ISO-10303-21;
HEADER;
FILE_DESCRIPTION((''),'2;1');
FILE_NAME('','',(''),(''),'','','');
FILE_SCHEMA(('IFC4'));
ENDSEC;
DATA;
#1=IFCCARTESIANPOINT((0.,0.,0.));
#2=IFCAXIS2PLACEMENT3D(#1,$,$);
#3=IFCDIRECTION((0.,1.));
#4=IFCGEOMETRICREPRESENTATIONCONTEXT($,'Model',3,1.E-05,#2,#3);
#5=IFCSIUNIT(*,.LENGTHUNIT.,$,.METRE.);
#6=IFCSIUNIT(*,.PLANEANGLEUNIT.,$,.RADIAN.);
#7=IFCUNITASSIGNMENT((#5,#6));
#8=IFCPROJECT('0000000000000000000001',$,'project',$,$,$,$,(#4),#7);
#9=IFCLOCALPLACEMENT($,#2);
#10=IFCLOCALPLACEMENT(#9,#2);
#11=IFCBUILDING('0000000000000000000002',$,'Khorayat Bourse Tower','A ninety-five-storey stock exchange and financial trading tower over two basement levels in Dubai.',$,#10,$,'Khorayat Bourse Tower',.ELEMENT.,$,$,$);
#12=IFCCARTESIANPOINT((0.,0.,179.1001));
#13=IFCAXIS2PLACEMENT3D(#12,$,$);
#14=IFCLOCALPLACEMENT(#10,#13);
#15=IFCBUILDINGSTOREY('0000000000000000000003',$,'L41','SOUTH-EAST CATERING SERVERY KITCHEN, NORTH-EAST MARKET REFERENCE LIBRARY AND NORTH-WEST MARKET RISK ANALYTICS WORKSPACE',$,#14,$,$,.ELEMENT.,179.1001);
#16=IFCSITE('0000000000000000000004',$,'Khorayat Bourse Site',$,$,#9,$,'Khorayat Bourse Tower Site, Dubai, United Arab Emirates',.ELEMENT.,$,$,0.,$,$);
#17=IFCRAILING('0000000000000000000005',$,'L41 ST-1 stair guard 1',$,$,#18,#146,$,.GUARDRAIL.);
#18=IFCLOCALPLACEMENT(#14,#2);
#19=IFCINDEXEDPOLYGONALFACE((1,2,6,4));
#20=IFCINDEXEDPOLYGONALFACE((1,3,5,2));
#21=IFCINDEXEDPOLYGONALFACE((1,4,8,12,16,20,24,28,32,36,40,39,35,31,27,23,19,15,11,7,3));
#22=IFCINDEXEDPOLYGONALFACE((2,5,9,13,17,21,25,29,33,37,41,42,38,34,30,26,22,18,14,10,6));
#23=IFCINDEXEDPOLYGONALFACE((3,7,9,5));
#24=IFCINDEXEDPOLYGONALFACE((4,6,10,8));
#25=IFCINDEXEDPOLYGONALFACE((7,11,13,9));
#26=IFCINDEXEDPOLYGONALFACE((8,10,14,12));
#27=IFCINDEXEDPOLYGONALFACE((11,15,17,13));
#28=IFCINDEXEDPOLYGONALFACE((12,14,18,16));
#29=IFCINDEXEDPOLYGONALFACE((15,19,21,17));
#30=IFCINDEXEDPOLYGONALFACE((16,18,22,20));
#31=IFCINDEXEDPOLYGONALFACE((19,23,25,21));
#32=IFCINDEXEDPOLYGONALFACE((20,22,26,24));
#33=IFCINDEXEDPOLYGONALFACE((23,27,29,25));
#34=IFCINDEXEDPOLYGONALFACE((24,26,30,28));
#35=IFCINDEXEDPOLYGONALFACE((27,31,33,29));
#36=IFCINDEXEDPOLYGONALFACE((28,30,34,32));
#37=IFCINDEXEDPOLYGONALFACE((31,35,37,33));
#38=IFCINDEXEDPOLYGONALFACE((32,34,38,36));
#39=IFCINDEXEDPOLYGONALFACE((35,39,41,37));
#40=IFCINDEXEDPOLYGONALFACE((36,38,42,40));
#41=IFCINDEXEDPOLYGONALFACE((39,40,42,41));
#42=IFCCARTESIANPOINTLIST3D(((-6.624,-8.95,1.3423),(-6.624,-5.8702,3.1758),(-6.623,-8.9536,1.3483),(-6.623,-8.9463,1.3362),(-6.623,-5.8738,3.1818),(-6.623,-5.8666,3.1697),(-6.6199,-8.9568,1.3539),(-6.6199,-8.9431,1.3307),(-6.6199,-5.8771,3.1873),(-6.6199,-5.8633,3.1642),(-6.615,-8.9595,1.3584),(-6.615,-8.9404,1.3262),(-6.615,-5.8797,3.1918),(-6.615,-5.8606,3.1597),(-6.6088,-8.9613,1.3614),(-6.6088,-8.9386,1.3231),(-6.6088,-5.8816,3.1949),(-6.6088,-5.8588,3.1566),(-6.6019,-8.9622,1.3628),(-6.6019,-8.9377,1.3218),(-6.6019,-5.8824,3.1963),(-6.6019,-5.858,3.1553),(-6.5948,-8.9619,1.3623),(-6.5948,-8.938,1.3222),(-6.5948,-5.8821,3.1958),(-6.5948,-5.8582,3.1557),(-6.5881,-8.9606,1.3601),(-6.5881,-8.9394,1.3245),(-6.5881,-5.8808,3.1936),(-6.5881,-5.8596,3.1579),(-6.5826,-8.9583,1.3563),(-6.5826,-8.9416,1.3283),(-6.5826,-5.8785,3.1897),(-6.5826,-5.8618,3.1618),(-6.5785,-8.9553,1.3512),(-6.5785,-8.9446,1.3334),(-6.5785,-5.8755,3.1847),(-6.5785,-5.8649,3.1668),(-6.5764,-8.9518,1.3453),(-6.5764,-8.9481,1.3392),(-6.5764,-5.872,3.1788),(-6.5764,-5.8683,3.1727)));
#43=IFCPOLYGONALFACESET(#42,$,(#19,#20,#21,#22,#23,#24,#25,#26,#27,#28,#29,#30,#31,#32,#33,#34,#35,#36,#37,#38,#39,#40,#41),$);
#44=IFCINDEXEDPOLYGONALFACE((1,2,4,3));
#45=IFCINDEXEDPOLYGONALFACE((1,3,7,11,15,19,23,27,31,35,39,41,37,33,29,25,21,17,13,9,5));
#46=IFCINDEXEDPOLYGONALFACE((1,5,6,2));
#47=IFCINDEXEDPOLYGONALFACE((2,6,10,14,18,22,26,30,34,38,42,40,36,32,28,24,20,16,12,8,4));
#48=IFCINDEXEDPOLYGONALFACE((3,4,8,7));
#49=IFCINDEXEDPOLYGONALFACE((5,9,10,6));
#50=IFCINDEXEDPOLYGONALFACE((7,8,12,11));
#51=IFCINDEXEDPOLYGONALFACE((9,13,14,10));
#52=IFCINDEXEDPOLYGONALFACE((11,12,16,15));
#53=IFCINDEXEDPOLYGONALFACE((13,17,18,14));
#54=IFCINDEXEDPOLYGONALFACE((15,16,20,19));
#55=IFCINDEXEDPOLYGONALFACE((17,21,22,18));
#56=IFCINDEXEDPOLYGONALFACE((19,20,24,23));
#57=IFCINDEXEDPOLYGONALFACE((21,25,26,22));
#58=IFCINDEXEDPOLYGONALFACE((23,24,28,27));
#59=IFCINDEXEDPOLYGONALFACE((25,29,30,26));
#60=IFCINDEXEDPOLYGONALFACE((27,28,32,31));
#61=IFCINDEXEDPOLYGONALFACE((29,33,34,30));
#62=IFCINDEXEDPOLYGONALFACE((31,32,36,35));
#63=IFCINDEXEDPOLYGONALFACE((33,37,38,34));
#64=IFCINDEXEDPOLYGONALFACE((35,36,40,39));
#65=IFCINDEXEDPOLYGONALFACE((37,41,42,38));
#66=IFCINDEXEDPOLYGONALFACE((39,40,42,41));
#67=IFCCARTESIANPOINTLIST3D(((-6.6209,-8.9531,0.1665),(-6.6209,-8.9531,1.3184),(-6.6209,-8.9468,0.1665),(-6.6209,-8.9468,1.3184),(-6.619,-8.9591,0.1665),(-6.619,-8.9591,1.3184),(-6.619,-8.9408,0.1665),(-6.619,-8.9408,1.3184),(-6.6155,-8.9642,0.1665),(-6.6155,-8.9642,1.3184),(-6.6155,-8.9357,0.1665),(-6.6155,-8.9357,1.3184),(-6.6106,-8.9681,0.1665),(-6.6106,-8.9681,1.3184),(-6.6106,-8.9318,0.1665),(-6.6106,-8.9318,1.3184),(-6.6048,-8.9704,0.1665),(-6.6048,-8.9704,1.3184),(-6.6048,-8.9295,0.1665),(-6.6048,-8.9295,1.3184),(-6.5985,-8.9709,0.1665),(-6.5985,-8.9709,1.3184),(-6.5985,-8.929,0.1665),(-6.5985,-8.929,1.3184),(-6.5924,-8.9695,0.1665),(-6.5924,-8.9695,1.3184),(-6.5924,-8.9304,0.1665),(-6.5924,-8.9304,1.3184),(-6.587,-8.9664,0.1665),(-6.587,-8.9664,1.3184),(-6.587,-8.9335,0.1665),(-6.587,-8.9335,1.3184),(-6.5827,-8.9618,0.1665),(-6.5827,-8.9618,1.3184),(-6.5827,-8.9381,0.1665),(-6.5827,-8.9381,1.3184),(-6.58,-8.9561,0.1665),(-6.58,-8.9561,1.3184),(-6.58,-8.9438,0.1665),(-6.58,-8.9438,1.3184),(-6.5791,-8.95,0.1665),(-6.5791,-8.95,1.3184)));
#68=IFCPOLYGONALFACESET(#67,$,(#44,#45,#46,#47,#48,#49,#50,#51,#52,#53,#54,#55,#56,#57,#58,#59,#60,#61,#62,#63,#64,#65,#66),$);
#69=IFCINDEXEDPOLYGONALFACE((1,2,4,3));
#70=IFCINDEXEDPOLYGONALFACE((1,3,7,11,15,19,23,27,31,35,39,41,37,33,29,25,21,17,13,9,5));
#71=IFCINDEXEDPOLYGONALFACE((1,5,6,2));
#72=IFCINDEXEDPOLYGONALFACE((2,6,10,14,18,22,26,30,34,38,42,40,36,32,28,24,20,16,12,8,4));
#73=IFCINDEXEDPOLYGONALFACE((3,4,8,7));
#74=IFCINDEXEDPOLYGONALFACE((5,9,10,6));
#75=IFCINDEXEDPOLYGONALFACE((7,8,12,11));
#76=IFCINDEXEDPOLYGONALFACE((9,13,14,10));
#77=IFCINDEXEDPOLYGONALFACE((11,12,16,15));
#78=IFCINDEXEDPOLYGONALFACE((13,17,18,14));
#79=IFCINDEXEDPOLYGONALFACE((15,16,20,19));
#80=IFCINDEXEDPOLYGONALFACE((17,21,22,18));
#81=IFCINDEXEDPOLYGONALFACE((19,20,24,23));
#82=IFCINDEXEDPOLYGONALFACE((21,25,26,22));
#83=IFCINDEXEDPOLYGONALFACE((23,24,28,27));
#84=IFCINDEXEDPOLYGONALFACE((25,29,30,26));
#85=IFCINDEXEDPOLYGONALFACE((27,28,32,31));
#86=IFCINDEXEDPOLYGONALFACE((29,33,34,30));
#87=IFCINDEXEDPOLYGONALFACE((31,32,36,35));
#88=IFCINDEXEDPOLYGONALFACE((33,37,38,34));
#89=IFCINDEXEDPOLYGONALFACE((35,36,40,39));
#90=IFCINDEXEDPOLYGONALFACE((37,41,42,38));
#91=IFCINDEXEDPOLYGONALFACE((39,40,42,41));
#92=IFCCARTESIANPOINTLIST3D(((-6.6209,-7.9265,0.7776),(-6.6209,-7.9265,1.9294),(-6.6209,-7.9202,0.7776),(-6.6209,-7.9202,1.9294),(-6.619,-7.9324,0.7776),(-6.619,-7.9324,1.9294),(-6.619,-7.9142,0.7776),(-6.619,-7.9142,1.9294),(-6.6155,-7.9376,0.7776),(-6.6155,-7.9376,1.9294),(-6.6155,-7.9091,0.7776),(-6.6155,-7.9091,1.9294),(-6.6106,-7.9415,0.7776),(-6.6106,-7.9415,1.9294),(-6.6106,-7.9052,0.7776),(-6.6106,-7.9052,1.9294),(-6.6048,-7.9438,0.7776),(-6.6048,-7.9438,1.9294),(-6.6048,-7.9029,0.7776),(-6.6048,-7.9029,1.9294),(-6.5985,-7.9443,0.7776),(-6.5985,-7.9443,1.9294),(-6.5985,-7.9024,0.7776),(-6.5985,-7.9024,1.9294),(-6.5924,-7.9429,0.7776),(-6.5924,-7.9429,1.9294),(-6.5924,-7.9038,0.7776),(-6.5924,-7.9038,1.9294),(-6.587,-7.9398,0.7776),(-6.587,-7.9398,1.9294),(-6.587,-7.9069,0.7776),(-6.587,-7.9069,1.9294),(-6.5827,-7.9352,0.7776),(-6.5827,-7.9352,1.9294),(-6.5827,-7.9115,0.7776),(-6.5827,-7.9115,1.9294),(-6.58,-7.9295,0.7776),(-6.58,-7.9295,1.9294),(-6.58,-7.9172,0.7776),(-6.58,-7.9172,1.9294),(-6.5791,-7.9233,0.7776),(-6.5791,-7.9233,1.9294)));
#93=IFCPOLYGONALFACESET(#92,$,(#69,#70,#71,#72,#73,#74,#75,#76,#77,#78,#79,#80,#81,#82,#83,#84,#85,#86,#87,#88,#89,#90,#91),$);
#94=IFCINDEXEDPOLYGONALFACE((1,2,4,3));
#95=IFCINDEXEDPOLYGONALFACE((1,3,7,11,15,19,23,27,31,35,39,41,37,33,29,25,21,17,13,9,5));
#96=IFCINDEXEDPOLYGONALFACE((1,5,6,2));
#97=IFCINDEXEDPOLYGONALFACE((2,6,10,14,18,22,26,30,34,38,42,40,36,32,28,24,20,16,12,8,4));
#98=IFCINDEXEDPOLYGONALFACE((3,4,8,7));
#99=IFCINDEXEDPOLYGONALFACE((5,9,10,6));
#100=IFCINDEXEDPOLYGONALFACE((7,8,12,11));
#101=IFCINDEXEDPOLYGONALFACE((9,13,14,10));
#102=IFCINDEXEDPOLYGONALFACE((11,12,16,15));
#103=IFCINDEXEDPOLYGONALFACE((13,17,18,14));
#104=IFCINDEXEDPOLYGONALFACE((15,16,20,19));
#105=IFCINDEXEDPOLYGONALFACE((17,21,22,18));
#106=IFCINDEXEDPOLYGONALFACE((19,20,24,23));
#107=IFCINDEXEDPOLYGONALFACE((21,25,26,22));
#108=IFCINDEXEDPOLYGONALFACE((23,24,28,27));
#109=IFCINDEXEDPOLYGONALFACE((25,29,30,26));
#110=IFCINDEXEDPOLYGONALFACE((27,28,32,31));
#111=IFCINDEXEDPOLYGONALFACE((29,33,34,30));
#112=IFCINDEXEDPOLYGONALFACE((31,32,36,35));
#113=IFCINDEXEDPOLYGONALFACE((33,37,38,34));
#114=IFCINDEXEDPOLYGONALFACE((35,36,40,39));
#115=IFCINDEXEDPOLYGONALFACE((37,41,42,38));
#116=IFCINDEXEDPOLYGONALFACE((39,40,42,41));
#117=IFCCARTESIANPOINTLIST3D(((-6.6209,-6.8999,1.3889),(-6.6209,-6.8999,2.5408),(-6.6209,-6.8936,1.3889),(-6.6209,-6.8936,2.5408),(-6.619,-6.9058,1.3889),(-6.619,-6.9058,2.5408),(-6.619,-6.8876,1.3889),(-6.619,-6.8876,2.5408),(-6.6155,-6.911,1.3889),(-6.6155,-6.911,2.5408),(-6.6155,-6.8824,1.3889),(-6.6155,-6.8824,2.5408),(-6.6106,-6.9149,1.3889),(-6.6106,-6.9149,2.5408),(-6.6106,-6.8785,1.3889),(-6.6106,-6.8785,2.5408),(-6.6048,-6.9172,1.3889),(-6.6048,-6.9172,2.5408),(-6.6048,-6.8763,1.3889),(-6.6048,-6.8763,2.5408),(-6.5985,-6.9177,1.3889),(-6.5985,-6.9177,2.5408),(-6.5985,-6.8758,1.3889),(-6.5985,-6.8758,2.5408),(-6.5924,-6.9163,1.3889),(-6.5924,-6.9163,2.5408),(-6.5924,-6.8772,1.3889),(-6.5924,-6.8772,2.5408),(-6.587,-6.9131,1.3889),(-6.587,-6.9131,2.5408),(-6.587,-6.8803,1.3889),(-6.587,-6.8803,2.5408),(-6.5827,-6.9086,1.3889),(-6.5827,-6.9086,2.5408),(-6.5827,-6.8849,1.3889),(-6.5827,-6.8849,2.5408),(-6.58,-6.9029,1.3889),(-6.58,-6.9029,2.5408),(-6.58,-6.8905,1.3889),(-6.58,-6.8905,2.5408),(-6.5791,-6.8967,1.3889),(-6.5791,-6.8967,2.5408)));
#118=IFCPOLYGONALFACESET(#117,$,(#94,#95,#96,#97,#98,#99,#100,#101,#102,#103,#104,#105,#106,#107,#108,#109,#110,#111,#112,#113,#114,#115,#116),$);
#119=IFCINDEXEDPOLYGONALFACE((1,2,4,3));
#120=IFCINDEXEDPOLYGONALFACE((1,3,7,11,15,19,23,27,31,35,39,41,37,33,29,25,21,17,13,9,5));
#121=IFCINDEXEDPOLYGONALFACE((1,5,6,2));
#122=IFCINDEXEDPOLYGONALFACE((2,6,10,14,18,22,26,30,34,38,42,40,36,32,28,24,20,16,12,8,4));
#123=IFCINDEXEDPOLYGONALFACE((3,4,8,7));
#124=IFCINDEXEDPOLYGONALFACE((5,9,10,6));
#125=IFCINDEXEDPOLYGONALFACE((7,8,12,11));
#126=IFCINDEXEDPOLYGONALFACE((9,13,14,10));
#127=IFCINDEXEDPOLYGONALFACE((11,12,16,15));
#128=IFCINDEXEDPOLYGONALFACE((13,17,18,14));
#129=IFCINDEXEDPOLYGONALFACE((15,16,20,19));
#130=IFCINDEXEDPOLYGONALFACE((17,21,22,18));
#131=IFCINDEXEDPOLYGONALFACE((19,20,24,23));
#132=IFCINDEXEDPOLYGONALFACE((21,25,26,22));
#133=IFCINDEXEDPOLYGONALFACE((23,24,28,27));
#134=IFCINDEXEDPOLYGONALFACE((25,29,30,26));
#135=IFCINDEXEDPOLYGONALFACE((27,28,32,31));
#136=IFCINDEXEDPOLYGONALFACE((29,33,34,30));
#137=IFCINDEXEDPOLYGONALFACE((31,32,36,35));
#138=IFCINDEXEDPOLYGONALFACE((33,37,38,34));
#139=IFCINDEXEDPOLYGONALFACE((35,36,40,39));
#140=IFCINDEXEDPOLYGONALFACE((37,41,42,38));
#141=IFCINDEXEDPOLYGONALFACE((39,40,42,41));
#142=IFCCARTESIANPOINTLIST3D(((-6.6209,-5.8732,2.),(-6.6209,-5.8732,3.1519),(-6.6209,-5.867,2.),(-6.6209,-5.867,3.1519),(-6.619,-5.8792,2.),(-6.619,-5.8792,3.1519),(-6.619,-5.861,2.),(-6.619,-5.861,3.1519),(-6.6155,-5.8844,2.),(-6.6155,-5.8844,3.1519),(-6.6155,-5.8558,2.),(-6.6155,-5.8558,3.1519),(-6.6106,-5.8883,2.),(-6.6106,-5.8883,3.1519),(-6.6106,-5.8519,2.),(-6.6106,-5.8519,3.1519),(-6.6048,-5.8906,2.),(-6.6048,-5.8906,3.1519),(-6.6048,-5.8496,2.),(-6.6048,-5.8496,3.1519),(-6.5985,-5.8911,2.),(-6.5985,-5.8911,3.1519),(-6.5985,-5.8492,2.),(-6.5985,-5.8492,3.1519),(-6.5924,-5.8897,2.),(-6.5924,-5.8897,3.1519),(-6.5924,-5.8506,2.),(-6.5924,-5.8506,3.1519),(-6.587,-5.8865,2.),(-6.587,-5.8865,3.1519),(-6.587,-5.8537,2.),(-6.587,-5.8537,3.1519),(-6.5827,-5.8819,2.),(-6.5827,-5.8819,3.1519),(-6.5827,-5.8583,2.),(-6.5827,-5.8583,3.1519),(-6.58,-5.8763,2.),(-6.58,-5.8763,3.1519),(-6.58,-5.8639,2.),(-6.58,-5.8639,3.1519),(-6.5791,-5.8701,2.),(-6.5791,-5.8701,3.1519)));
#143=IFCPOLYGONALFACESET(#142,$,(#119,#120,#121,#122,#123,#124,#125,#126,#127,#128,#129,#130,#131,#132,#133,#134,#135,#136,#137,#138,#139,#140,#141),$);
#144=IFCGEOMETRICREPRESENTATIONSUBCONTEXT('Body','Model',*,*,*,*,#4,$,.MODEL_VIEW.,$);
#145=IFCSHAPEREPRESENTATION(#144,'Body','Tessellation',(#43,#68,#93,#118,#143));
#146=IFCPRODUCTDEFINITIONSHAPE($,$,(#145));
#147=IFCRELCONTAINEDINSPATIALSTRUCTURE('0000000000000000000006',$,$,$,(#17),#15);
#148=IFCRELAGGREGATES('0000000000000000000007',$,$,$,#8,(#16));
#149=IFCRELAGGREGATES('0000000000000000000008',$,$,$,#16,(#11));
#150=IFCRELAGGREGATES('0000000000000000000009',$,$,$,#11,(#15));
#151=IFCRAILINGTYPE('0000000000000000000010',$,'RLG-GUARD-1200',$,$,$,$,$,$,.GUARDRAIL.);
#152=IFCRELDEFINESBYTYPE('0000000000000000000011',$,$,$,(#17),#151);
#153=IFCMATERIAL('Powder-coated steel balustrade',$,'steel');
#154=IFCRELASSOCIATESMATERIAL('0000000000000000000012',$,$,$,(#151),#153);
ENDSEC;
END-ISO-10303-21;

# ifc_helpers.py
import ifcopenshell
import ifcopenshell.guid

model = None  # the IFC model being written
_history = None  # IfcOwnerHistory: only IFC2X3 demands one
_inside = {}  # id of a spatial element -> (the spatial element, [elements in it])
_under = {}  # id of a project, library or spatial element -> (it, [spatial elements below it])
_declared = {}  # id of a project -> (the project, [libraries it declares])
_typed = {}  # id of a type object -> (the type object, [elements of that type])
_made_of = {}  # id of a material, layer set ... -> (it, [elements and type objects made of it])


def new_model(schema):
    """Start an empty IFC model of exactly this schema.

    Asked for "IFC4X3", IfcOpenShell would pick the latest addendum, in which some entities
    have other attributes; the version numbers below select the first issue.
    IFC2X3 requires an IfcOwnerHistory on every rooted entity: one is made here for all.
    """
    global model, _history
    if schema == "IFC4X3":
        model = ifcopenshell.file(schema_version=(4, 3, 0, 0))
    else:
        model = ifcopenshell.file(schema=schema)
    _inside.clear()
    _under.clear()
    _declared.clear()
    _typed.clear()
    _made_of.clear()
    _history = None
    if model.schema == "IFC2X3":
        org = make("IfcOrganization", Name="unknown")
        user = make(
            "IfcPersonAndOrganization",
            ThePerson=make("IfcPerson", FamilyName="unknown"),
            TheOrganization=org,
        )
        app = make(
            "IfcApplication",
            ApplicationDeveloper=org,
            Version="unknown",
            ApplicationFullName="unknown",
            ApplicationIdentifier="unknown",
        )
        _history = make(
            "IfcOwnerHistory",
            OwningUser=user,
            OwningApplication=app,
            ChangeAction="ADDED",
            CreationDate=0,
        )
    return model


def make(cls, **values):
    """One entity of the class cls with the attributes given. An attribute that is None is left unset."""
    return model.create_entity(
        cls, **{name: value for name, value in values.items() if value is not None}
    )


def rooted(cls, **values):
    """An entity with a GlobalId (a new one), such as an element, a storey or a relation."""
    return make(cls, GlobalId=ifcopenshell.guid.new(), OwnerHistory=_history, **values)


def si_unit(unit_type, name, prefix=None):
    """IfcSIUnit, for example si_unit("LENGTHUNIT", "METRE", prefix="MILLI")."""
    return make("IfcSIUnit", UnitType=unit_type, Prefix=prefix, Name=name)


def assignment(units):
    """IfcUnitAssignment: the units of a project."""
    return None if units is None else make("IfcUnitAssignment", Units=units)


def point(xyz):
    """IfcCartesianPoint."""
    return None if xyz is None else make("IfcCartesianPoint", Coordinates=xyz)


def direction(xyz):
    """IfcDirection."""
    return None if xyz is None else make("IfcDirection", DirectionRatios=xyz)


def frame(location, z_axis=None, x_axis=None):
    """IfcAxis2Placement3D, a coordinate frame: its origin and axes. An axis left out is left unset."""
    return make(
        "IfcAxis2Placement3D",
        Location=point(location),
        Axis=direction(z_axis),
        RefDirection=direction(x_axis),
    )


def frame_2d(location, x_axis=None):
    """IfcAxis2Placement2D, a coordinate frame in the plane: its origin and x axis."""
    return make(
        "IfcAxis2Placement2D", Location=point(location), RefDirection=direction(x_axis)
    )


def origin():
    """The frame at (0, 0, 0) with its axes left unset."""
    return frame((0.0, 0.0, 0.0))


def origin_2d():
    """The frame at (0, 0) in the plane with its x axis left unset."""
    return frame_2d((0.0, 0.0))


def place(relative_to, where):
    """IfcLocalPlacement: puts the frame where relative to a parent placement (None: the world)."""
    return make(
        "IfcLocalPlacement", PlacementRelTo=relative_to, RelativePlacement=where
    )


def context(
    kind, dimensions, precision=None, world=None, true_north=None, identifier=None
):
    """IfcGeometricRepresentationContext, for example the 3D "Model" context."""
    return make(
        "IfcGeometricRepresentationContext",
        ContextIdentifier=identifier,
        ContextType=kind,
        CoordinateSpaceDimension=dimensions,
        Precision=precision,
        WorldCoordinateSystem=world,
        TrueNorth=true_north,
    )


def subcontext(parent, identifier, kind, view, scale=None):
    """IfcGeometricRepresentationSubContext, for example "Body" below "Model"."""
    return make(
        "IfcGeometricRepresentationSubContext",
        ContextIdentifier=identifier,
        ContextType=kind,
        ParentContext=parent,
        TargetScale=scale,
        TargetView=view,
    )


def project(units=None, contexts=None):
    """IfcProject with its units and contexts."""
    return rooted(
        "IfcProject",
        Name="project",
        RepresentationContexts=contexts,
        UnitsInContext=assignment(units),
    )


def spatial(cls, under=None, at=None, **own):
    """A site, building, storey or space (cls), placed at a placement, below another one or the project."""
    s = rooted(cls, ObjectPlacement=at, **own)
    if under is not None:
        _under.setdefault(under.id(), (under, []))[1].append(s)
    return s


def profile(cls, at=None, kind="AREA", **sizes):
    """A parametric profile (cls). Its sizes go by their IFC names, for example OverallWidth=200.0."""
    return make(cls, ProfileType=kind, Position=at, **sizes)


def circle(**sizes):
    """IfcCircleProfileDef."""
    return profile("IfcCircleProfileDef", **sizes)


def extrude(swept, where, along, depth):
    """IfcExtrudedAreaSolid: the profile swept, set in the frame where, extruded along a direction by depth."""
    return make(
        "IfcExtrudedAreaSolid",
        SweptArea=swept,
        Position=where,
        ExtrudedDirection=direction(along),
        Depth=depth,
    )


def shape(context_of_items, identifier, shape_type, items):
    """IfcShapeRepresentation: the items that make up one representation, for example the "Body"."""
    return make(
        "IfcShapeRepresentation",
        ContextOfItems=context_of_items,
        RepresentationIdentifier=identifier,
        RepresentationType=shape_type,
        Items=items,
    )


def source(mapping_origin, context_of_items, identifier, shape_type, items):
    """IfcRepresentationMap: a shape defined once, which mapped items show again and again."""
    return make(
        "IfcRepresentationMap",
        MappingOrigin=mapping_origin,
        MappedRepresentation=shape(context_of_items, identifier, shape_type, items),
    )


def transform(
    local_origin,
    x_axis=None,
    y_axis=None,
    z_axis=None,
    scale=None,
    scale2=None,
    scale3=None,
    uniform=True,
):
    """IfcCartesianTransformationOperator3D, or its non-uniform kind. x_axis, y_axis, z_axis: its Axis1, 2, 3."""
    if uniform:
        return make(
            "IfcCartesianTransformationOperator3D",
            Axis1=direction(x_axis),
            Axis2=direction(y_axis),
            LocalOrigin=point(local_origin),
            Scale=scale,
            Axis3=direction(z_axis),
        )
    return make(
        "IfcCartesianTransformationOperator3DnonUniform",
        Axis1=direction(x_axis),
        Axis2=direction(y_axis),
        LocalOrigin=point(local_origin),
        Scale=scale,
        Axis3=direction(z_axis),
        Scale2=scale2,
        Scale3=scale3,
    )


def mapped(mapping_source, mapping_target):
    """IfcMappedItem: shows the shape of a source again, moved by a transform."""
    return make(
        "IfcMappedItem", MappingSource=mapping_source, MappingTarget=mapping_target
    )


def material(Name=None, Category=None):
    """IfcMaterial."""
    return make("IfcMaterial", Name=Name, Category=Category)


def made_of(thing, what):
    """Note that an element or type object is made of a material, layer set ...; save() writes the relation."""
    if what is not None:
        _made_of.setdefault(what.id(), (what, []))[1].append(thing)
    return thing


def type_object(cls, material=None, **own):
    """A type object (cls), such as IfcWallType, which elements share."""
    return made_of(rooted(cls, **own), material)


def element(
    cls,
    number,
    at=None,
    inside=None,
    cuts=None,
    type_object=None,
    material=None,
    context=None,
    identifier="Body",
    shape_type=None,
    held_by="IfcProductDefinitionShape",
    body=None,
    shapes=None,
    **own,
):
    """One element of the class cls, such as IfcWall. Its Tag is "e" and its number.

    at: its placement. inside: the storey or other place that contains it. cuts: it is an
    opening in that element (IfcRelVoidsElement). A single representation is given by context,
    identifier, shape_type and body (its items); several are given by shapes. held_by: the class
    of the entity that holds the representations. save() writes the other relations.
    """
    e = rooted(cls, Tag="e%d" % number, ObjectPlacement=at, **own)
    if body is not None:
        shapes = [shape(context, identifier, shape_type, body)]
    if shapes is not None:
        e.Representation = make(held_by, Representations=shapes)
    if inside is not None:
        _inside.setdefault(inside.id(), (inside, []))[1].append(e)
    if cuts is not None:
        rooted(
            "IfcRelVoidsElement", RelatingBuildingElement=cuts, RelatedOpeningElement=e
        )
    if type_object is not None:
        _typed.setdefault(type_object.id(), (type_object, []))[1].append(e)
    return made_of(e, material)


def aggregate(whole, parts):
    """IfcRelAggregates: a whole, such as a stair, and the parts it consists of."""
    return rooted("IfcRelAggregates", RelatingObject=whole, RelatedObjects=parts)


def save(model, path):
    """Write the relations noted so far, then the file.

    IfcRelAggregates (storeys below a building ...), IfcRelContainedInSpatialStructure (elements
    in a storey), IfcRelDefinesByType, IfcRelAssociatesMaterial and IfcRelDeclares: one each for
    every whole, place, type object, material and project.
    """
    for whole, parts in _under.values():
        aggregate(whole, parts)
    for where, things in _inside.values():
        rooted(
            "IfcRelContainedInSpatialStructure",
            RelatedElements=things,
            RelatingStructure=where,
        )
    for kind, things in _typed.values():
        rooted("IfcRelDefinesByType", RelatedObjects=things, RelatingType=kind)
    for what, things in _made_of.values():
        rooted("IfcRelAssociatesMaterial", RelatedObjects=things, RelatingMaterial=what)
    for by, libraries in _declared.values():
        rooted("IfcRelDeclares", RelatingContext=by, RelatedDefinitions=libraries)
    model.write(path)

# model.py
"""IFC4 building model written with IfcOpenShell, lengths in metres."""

from ifc_helpers import new_model, si_unit, direction, frame, origin, origin_2d, place, context, subcontext, project, spatial, circle, extrude, source, transform, mapped, material, type_object, element, save


model = new_model("IFC4")

# Units and contexts
model_context = context("Model", 3, precision=1e-05, world=origin(), true_north=direction((0.0, 1.0)))
body_context = subcontext(model_context, "Body", "Model", "MODEL_VIEW")
ifc_project = project(units=[si_unit("LENGTHUNIT", "METRE"), si_unit("PLANEANGLEUNIT", "RADIAN")], contexts=[model_context])

# Site, building, storey
site_placement = place(None, origin())
site = spatial("IfcSite", under=ifc_project, at=site_placement, Name="Khorayat Bourse Site", LongName="Khorayat Bourse Tower Site, Dubai, United Arab Emirates", CompositionType="ELEMENT", RefElevation=0.0)
building_placement = place(site_placement, origin())
building = spatial("IfcBuilding", under=site, at=building_placement, Name="Khorayat Bourse Tower", Description="A ninety-five-storey stock exchange and financial trading tower over two basement levels in Dubai.", LongName="Khorayat Bourse Tower", CompositionType="ELEMENT")
storey_placement = place(building_placement, frame((0.0, 0.0, 179.1001)))
storey = spatial("IfcBuildingStorey", under=building, at=storey_placement, Name="L41", Description="SOUTH-EAST CATERING SERVERY KITCHEN, NORTH-EAST MARKET REFERENCE LIBRARY AND NORTH-WEST MARKET RISK ANALYTICS WORKSPACE", CompositionType="ELEMENT", Elevation=179.1001)

# Railing
ifc_material_1 = material(Name="Powder-coated steel balustrade", Category="steel")
railing_type_1 = type_object("IfcRailingType", Name="RLG-GUARD-1200", PredefinedType="GUARDRAIL", material=ifc_material_1)
shared_shape_1 = source(origin(), body_context, "Body", "SweptSolid", [
    extrude(circle(Radius=0.0239, at=origin_2d()), frame((0.0, 0.0, 1.1758), z_axis=(0.0, 0.859261, 0.511538), x_axis=(-1.0, 0.0, 0.0)), (0.0, 0.0, 1.0), 3.5842),
    extrude(circle(Radius=0.021, at=origin_2d()), origin(), (0.0, 0.0, 1.0), 1.1519),
    extrude(circle(Radius=0.021, at=origin_2d()), frame((0.0, 1.0266, 0.6111)), (0.0, 0.0, 1.0), 1.1519),
    extrude(circle(Radius=0.021, at=origin_2d()), frame((0.0, 2.0532, 1.2224)), (0.0, 0.0, 1.0), 1.1519),
    extrude(circle(Radius=0.021, at=origin_2d()), frame((0.0, 3.0798, 1.8335)), (0.0, 0.0, 1.0), 1.1519),
])
railing_1_placement = place(storey_placement, frame((-6.6001, -8.95, 0.1665)))
element("IfcRailing", 1, at=railing_1_placement, inside=storey, type_object=railing_type_1, Name="L41 ST-1 stair guard 1", PredefinedType="GUARDRAIL", context=body_context, shape_type="MappedRepresentation", body=[
    mapped(shared_shape_1, transform((0.0, 0.0, 0.0), scale=1.0)),
])

save(model, "model.ifc")
